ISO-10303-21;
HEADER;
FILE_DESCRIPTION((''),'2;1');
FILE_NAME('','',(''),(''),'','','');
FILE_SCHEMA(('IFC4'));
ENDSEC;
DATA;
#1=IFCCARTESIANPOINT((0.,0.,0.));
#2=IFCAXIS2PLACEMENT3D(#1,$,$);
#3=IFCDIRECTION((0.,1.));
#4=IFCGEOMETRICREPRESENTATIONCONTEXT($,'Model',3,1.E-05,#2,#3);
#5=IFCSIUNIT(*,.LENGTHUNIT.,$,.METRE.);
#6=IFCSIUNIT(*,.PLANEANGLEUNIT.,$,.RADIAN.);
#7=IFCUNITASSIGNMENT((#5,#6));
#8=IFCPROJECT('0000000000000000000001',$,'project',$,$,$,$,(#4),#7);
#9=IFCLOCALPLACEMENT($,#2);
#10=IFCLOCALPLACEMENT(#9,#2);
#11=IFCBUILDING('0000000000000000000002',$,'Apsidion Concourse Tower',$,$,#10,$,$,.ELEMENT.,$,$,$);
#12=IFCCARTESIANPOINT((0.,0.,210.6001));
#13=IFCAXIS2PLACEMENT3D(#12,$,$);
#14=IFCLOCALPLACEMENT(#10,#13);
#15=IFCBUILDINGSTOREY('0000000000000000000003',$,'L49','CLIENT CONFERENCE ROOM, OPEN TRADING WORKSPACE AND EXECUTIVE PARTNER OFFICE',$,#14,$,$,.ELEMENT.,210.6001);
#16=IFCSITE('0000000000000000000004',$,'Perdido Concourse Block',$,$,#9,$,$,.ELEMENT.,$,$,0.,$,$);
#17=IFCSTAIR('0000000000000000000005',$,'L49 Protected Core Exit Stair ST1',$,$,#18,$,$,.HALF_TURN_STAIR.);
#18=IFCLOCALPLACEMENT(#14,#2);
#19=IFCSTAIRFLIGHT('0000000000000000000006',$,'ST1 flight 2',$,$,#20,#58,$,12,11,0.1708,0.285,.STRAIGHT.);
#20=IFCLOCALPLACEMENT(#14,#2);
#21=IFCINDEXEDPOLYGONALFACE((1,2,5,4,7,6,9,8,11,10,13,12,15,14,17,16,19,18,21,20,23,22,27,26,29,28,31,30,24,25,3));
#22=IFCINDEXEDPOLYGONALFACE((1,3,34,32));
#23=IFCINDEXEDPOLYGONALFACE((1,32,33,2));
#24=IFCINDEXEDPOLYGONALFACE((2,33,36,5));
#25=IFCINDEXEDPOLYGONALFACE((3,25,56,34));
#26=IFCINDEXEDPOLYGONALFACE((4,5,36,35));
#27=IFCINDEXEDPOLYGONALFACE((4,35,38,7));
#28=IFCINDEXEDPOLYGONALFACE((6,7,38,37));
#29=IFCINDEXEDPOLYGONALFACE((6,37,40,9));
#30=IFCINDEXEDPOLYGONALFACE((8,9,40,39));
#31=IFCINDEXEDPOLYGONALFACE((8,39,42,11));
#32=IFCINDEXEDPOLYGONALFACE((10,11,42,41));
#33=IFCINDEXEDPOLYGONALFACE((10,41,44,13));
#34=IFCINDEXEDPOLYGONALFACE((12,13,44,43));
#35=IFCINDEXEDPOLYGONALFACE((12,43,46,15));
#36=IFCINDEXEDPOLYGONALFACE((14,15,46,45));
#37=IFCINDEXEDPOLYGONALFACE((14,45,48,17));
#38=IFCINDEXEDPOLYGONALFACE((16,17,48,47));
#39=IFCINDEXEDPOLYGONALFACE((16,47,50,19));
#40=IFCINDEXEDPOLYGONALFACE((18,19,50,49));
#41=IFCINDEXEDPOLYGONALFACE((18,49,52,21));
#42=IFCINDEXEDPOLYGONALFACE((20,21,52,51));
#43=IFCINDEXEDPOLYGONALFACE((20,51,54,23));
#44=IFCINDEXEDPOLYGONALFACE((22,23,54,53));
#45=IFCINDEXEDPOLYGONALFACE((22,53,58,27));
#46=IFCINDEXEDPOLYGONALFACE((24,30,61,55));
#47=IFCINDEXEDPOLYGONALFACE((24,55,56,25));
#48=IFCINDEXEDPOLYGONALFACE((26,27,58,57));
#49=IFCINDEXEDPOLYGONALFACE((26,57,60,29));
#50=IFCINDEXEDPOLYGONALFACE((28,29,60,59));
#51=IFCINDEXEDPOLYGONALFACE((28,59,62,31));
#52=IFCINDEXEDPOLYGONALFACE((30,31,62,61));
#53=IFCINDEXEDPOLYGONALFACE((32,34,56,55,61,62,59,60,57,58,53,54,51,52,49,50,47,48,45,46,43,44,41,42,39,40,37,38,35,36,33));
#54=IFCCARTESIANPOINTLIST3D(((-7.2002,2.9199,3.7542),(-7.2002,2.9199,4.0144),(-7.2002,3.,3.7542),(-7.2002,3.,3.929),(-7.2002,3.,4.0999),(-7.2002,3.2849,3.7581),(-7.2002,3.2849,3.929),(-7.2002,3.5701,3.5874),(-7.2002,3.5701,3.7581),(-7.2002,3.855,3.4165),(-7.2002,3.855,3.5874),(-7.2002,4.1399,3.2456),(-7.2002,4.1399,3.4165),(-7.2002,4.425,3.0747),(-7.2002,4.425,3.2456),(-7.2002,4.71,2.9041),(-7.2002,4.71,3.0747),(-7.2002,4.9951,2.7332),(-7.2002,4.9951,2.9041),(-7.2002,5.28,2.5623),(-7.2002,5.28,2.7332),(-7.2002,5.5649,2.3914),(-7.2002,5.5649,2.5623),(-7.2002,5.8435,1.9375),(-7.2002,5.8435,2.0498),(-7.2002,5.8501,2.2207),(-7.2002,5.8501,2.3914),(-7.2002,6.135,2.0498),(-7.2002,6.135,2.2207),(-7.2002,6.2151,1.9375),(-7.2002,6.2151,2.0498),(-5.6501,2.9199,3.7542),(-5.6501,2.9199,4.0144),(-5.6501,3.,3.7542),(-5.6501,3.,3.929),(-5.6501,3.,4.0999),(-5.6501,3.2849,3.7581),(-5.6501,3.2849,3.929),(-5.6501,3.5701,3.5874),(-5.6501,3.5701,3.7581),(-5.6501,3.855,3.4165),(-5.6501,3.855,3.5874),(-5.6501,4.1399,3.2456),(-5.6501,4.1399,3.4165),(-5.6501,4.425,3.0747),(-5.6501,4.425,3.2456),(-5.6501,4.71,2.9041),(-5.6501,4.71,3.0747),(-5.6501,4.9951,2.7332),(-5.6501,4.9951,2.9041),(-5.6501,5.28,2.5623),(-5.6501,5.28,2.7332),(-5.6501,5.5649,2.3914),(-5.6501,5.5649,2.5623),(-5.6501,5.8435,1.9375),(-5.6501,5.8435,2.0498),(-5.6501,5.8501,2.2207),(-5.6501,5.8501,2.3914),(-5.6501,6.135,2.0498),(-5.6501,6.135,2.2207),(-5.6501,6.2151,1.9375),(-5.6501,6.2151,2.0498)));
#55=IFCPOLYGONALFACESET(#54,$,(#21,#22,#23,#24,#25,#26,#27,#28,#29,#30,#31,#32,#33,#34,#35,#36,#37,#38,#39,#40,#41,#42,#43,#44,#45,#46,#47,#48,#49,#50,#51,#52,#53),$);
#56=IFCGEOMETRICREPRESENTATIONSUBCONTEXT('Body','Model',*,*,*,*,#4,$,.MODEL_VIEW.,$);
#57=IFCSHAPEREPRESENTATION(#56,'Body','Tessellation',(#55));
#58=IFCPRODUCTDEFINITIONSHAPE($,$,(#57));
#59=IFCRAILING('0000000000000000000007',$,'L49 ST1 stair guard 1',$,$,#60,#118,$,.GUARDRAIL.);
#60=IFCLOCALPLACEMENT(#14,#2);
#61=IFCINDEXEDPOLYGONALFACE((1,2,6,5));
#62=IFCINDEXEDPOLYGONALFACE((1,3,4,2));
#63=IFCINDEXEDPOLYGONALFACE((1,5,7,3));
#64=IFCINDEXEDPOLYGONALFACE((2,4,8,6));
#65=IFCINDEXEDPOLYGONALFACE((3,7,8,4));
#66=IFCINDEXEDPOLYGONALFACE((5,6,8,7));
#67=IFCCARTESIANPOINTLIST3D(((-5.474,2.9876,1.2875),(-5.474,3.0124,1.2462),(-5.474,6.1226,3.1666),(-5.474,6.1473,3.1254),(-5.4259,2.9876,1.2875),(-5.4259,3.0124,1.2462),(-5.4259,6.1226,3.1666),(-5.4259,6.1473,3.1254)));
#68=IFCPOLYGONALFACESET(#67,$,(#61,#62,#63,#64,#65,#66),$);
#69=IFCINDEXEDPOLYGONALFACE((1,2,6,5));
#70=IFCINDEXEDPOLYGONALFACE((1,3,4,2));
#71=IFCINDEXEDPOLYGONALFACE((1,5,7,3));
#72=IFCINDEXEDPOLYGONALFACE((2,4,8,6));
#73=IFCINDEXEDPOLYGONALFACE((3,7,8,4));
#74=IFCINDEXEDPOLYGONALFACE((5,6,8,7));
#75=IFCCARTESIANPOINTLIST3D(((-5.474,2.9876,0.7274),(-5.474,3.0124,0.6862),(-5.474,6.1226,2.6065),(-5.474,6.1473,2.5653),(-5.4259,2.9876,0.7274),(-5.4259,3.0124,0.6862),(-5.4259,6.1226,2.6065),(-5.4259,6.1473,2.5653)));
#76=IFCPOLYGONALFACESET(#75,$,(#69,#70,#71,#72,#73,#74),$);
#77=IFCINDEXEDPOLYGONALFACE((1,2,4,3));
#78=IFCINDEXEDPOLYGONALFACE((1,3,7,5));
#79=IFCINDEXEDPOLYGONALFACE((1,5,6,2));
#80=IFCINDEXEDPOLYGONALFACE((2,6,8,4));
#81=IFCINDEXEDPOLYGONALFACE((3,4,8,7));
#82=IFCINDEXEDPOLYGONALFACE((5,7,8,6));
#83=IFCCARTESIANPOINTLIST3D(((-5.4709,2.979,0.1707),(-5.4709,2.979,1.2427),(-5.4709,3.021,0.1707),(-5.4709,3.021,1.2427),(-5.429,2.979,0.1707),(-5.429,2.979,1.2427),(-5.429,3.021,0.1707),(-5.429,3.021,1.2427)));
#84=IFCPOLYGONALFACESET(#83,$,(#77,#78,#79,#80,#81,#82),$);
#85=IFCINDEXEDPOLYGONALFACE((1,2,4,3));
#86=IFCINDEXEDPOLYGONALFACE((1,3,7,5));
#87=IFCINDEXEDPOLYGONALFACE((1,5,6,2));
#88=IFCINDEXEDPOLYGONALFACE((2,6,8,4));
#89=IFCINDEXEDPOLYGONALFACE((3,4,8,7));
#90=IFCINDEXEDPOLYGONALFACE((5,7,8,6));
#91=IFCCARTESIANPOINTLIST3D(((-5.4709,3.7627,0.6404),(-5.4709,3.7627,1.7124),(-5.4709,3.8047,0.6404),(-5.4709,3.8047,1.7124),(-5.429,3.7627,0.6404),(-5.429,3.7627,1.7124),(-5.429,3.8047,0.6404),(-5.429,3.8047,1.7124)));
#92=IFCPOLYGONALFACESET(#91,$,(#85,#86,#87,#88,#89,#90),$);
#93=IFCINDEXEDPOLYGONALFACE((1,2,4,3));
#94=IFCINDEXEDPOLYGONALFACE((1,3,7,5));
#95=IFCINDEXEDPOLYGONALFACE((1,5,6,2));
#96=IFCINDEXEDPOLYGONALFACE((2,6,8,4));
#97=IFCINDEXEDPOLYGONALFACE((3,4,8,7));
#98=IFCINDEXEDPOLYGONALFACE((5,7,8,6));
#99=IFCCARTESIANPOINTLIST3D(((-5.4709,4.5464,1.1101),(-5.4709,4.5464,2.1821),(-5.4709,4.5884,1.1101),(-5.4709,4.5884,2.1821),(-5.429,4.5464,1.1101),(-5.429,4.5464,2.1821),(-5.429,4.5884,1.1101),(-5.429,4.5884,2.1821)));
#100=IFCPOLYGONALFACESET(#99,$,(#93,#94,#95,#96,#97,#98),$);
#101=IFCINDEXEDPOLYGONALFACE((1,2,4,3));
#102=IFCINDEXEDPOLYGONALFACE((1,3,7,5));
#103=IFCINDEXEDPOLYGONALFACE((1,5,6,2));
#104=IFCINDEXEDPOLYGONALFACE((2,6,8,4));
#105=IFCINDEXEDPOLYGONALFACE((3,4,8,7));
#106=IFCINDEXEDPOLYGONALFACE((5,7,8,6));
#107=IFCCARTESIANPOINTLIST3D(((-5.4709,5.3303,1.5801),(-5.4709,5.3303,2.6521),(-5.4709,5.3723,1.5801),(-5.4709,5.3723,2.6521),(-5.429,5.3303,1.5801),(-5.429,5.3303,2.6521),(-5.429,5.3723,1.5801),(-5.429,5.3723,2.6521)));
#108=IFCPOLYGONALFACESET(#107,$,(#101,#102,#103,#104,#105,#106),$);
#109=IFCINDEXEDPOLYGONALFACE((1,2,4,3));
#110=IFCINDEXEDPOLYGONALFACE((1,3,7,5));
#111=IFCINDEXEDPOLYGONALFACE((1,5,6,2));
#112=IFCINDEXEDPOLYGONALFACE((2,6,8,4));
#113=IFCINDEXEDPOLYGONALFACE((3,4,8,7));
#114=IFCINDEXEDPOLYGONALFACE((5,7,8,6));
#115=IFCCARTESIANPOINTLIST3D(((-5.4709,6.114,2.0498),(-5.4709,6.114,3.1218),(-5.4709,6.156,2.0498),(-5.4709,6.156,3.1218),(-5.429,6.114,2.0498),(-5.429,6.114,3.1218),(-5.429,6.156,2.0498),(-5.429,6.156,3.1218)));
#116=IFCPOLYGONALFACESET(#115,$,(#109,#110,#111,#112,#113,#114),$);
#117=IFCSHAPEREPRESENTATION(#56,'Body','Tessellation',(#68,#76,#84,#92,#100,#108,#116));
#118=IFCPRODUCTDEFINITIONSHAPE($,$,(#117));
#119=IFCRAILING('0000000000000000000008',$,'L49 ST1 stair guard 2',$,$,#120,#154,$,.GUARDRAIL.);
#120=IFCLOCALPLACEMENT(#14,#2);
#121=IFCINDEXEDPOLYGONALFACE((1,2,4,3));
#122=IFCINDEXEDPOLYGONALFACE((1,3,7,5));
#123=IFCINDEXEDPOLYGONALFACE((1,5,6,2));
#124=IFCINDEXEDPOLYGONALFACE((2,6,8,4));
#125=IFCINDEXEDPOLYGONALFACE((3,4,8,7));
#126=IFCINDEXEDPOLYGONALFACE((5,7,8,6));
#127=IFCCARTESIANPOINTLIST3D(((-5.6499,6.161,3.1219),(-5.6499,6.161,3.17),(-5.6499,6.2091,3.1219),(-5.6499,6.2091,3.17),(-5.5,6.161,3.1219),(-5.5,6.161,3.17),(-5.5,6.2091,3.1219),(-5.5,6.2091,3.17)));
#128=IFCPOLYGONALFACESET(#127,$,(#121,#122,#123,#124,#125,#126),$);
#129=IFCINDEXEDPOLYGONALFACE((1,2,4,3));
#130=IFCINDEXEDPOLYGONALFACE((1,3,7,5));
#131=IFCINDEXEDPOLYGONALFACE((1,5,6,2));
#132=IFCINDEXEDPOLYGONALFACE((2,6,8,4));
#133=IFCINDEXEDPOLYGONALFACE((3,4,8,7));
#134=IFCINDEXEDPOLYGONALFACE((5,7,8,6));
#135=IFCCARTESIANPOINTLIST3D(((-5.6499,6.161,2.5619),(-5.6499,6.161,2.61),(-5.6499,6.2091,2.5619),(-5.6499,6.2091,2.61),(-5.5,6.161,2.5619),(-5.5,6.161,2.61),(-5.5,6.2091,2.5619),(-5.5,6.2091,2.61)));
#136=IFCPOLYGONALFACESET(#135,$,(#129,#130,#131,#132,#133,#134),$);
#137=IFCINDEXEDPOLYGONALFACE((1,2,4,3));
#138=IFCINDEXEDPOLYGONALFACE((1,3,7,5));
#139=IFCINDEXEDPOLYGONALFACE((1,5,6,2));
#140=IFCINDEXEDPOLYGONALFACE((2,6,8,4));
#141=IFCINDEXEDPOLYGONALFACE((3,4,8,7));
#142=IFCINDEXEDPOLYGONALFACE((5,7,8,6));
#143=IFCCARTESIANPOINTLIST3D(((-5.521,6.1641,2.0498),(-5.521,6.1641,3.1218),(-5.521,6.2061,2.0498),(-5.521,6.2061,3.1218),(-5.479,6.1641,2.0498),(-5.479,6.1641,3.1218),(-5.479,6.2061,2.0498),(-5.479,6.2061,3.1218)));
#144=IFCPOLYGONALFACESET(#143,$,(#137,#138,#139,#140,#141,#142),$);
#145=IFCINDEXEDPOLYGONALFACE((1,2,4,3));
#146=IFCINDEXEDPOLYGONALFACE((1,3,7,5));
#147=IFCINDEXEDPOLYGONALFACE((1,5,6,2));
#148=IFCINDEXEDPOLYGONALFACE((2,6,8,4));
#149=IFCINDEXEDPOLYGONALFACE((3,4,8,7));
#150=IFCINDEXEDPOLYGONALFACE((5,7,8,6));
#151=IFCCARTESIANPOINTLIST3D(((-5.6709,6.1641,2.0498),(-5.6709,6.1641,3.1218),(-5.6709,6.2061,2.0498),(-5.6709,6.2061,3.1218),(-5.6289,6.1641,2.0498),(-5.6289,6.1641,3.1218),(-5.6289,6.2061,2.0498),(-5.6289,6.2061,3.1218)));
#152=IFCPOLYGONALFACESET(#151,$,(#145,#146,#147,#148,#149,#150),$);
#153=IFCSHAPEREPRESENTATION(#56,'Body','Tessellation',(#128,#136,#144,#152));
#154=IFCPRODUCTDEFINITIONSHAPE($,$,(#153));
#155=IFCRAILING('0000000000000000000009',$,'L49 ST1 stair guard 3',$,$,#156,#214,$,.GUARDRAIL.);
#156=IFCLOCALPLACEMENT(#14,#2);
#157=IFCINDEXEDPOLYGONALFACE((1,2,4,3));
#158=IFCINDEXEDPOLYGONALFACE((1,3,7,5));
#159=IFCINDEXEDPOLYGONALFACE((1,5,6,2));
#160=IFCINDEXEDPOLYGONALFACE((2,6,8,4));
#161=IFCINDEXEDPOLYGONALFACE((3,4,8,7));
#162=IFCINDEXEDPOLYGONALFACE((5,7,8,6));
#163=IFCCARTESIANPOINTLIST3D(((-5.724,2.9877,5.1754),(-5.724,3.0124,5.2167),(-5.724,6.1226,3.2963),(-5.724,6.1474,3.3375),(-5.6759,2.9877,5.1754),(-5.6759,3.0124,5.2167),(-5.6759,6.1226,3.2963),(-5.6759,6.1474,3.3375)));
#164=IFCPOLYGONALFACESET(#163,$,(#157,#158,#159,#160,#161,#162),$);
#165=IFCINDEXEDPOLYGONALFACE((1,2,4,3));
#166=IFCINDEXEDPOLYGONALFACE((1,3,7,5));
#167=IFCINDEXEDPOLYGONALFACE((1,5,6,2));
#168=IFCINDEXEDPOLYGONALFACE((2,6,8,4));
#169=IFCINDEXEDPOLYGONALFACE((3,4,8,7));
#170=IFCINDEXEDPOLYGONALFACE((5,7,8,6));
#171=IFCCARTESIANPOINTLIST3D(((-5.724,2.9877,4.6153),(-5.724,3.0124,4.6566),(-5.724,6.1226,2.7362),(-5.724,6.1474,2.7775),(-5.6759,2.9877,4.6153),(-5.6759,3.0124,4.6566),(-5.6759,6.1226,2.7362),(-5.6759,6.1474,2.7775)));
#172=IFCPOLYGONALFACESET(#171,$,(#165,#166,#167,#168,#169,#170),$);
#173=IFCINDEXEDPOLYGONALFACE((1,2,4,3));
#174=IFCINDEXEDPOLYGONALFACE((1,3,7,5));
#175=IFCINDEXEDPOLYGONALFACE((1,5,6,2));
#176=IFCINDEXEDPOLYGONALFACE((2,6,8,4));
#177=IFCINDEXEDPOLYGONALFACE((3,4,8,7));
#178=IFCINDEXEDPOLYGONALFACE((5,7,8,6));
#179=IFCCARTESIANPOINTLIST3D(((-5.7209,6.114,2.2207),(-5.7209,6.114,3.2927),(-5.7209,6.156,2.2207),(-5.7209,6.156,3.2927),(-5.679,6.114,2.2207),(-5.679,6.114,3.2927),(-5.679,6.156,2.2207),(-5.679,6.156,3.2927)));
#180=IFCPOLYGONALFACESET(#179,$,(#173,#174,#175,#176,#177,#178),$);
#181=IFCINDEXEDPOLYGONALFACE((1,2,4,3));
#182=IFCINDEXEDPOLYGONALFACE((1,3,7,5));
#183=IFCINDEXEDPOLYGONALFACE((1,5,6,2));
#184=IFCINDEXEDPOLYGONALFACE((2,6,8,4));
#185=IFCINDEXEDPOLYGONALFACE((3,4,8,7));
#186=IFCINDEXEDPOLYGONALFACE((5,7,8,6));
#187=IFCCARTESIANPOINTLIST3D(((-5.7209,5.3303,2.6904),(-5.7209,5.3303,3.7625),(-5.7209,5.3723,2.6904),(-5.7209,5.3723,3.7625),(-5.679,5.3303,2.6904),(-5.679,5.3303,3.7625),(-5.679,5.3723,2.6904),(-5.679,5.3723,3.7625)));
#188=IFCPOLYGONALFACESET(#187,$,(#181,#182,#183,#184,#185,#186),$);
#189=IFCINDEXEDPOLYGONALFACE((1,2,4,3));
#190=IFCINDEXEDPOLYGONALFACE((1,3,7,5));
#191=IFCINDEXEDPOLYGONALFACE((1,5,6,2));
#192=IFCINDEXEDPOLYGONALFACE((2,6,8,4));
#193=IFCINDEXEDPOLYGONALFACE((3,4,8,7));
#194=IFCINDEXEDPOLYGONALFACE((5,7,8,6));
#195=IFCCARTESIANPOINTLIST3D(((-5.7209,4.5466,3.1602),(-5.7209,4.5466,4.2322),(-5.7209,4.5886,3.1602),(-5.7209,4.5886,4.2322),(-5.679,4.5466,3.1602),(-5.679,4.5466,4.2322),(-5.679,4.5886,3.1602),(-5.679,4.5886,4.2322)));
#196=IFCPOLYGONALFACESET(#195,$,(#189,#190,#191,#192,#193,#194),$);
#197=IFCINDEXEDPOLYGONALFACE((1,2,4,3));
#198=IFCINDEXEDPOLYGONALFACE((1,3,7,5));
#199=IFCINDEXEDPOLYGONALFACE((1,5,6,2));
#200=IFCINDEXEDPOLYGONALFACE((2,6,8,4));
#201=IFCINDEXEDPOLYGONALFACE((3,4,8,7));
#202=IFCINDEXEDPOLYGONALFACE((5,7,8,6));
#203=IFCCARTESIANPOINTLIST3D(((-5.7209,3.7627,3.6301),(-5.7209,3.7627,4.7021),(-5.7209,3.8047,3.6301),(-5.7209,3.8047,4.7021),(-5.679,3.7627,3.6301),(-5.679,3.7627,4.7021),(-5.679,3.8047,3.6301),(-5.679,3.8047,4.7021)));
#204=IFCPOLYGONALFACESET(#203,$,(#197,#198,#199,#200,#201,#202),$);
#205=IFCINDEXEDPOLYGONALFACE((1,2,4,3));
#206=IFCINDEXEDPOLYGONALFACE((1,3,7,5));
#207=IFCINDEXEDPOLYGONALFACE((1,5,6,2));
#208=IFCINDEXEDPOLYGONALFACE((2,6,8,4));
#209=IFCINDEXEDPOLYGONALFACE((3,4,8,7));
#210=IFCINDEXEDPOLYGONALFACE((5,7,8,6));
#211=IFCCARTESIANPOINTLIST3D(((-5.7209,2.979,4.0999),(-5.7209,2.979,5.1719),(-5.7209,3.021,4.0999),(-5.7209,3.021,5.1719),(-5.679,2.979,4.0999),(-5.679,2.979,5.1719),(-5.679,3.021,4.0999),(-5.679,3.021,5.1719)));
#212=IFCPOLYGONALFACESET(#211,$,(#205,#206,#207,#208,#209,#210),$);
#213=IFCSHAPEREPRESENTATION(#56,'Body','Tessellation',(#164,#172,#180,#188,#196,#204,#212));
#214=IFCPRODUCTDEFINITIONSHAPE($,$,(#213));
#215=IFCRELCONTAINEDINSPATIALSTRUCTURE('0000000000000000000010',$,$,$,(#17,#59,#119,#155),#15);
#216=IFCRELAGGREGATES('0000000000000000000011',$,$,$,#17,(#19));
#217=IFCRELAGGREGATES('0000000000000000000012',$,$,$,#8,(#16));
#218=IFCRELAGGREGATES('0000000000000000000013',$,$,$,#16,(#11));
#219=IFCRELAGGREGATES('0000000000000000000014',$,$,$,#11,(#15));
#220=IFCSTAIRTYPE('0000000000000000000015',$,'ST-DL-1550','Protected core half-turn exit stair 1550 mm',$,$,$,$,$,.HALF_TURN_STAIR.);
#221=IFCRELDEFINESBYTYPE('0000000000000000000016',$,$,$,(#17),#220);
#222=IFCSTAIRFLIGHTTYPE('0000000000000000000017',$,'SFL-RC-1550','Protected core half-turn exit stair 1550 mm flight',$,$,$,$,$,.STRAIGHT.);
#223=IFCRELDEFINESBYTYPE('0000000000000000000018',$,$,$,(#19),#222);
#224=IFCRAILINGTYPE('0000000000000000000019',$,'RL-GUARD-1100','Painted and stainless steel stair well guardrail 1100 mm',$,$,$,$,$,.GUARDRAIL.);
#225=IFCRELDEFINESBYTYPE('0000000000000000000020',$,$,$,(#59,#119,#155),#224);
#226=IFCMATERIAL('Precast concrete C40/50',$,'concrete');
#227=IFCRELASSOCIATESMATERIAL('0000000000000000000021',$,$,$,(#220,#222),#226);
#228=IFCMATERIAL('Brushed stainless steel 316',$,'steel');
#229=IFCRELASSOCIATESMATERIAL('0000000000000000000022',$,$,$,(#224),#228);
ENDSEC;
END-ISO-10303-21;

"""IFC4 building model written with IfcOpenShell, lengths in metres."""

from ifc_helpers import new_model, si_unit, direction, frame, origin, origin_2d, place, context, subcontext, project, spatial, polyline, rectangle, outline, extrude, material, type_object, element, aggregate, save


model = new_model("IFC4")

# Units and contexts
model_context = context("Model", 3, precision=1e-05, world=origin(), true_north=direction((0.0, 1.0)))
body_context = subcontext(model_context, "Body", "Model", "MODEL_VIEW")
ifc_project = project(units=[si_unit("LENGTHUNIT", "METRE"), si_unit("PLANEANGLEUNIT", "RADIAN")], contexts=[model_context])

# Site, building, storey
site_placement = place(None, origin())
site = spatial("IfcSite", under=ifc_project, at=site_placement, Name="Perdido Concourse Block", CompositionType="ELEMENT", RefElevation=0.0)
building_placement = place(site_placement, origin())
building = spatial("IfcBuilding", under=site, at=building_placement, Name="Apsidion Concourse Tower", CompositionType="ELEMENT")
storey_placement = place(building_placement, frame((0.0, 0.0, 210.6001)))
storey = spatial("IfcBuildingStorey", under=building, at=storey_placement, Name="L49", Description="CLIENT CONFERENCE ROOM, OPEN TRADING WORKSPACE AND EXECUTIVE PARTNER OFFICE", CompositionType="ELEMENT", Elevation=210.6001)

# Shared definitions
ifc_material_1 = material(Name="Brushed stainless steel 316", Category="steel")

# Stair, stair flight
ifc_material_2 = material(Name="Precast concrete C40/50", Category="concrete")
stair_type = type_object("IfcStairType", Name="ST-DL-1550", Description="Protected core half-turn exit stair 1550 mm", PredefinedType="HALF_TURN_STAIR", material=ifc_material_2)
stair_placement = place(storey_placement, origin())
stair = element("IfcStair", 1, at=stair_placement, inside=storey, type_object=stair_type, Name="L49 Protected Core Exit Stair ST1", PredefinedType="HALF_TURN_STAIR")
stair_flight_type = type_object("IfcStairFlightType", Name="SFL-RC-1550", Description="Protected core half-turn exit stair 1550 mm flight", PredefinedType="STRAIGHT", material=ifc_material_2)
stair_flight_1_placement = place(storey_placement, frame((-6.425, 6.135, 2.0498), z_axis=(0.0, 0.0, 1.0), x_axis=(0.0, -1.0, 0.0)))
stair_flight_1 = element("IfcStairFlight", 2, at=stair_flight_1_placement, type_object=stair_flight_type, Name="ST1 flight 2", NumberOfRisers=12, NumberOfTreads=11, PredefinedType="STRAIGHT", RiserHeight=0.1708, TreadLength=0.285, context=body_context, shape_type="SweptSolid", body=[
    extrude(outline(polyline([(-0.0801, -0.1123), (-0.0801, 0.0), (0.0, 0.0), (0.0, 0.1709), (0.2849, 0.1709), (0.2849, 0.3416), (0.5701, 0.3416), (0.5701, 0.5125), (0.855, 0.5125), (0.855, 0.6833), (1.1399, 0.6833), (1.1399, 0.8542), (1.425, 0.8542), (1.425, 1.0249), (1.71, 1.0249), (1.71, 1.1958), (1.9951, 1.1958), (1.9951, 1.3667), (2.28, 1.3667), (2.28, 1.5376), (2.5649, 1.5376), (2.5649, 1.7083), (2.8501, 1.7083), (2.8501, 1.8792), (3.135, 1.8792), (3.135, 2.05), (3.2151, 1.9646), (3.2151, 1.7043), (3.135, 1.7043), (0.2915, 0.0), (0.2915, -0.1123), (-0.0801, -0.1123)])), frame((0.0, 0.7749, 0.0), z_axis=(0.0, -1.0, 0.0), x_axis=(1.0, 0.0, 0.0)), (0.0, 0.0, 1.0), 1.55),
])
aggregate(stair, [stair_flight_1])

# Railings
railing_type_1 = type_object("IfcRailingType", Name="RL-GUARD-1100", Description="Painted and stainless steel stair well guardrail 1100 mm", PredefinedType="GUARDRAIL", material=ifc_material_1)
railing_1_placement = place(storey_placement, frame((-5.45, 3.0, 0.1707)))
element("IfcRailing", 3, at=railing_1_placement, inside=storey, type_object=railing_type_1, Name="L49 ST1 stair guard 1", PredefinedType="GUARDRAIL", context=body_context, shape_type="SweptSolid", body=[
    extrude(rectangle(XDim=0.0481, YDim=0.0481, at=origin_2d()), frame((0.0, 0.0, 1.0962), z_axis=(0.0, 0.857717, 0.514122), x_axis=(-1.0, 0.0, 0.0)), (0.0, 0.0, 1.0), 3.655),
    extrude(rectangle(XDim=0.0481, YDim=0.0481, at=origin_2d()), frame((0.0, 0.0, 0.5361), z_axis=(0.0, 0.857717, 0.514122), x_axis=(-1.0, 0.0, 0.0)), (0.0, 0.0, 1.0), 3.655),
    extrude(rectangle(XDim=0.042, YDim=0.042, at=origin_2d()), origin(), (0.0, 0.0, 1.0), 1.072),
    extrude(rectangle(XDim=0.042, YDim=0.042, at=origin_2d()), frame((0.0, 0.7837, 0.4697)), (0.0, 0.0, 1.0), 1.072),
    extrude(rectangle(XDim=0.042, YDim=0.042, at=origin_2d()), frame((0.0, 1.5674, 0.9395)), (0.0, 0.0, 1.0), 1.072),
    extrude(rectangle(XDim=0.042, YDim=0.042, at=origin_2d()), frame((0.0, 2.3513, 1.4094)), (0.0, 0.0, 1.0), 1.072),
    extrude(rectangle(XDim=0.042, YDim=0.042, at=origin_2d()), frame((0.0, 3.135, 1.8792)), (0.0, 0.0, 1.0), 1.072),
])
railing_2_placement = place(storey_placement, frame((-5.5, 6.1851, 2.0498)))
element("IfcRailing", 4, at=railing_2_placement, inside=storey, type_object=railing_type_1, Name="L49 ST1 stair guard 2", PredefinedType="GUARDRAIL", context=body_context, shape_type="SweptSolid", body=[
    extrude(rectangle(XDim=0.0481, YDim=0.0481, at=origin_2d()), frame((0.0, 0.0, 1.0962), z_axis=(-1.0, 0.0, 0.0), x_axis=(0.0, -1.0, 0.0)), (0.0, 0.0, 1.0), 0.1499),
    extrude(rectangle(XDim=0.0481, YDim=0.0481, at=origin_2d()), frame((0.0, 0.0, 0.5361), z_axis=(-1.0, 0.0, 0.0), x_axis=(0.0, -1.0, 0.0)), (0.0, 0.0, 1.0), 0.1499),
    extrude(rectangle(XDim=0.042, YDim=0.042, at=origin_2d()), origin(), (0.0, 0.0, 1.0), 1.072),
    extrude(rectangle(XDim=0.042, YDim=0.042, at=origin_2d()), frame((-0.1499, 0.0, 0.0)), (0.0, 0.0, 1.0), 1.072),
])
railing_3_placement = place(storey_placement, frame((-5.7, 6.135, 2.2207)))
element("IfcRailing", 5, at=railing_3_placement, inside=storey, type_object=railing_type_1, Name="L49 ST1 stair guard 3", PredefinedType="GUARDRAIL", context=body_context, shape_type="SweptSolid", body=[
    extrude(rectangle(XDim=0.0481, YDim=0.0481, at=origin_2d()), frame((0.0, 0.0, 1.0962), z_axis=(0.0, -0.857717, 0.514122), x_axis=(1.0, 0.0, 0.0)), (0.0, 0.0, 1.0), 3.655),
    extrude(rectangle(XDim=0.0481, YDim=0.0481, at=origin_2d()), frame((0.0, 0.0, 0.5361), z_axis=(0.0, -0.857717, 0.514122), x_axis=(1.0, 0.0, 0.0)), (0.0, 0.0, 1.0), 3.655),
    extrude(rectangle(XDim=0.042, YDim=0.042, at=origin_2d()), origin(), (0.0, 0.0, 1.0), 1.072),
    extrude(rectangle(XDim=0.042, YDim=0.042, at=origin_2d()), frame((0.0, -0.7837, 0.4697)), (0.0, 0.0, 1.0), 1.072),
    extrude(rectangle(XDim=0.042, YDim=0.042, at=origin_2d()), frame((0.0, -1.5674, 0.9395)), (0.0, 0.0, 1.0), 1.072),
    extrude(rectangle(XDim=0.042, YDim=0.042, at=origin_2d()), frame((0.0, -2.3513, 1.4094)), (0.0, 0.0, 1.0), 1.072),
    extrude(rectangle(XDim=0.042, YDim=0.042, at=origin_2d()), frame((0.0, -3.135, 1.8792)), (0.0, 0.0, 1.0), 1.072),
])

save(model, "model.ifc")
